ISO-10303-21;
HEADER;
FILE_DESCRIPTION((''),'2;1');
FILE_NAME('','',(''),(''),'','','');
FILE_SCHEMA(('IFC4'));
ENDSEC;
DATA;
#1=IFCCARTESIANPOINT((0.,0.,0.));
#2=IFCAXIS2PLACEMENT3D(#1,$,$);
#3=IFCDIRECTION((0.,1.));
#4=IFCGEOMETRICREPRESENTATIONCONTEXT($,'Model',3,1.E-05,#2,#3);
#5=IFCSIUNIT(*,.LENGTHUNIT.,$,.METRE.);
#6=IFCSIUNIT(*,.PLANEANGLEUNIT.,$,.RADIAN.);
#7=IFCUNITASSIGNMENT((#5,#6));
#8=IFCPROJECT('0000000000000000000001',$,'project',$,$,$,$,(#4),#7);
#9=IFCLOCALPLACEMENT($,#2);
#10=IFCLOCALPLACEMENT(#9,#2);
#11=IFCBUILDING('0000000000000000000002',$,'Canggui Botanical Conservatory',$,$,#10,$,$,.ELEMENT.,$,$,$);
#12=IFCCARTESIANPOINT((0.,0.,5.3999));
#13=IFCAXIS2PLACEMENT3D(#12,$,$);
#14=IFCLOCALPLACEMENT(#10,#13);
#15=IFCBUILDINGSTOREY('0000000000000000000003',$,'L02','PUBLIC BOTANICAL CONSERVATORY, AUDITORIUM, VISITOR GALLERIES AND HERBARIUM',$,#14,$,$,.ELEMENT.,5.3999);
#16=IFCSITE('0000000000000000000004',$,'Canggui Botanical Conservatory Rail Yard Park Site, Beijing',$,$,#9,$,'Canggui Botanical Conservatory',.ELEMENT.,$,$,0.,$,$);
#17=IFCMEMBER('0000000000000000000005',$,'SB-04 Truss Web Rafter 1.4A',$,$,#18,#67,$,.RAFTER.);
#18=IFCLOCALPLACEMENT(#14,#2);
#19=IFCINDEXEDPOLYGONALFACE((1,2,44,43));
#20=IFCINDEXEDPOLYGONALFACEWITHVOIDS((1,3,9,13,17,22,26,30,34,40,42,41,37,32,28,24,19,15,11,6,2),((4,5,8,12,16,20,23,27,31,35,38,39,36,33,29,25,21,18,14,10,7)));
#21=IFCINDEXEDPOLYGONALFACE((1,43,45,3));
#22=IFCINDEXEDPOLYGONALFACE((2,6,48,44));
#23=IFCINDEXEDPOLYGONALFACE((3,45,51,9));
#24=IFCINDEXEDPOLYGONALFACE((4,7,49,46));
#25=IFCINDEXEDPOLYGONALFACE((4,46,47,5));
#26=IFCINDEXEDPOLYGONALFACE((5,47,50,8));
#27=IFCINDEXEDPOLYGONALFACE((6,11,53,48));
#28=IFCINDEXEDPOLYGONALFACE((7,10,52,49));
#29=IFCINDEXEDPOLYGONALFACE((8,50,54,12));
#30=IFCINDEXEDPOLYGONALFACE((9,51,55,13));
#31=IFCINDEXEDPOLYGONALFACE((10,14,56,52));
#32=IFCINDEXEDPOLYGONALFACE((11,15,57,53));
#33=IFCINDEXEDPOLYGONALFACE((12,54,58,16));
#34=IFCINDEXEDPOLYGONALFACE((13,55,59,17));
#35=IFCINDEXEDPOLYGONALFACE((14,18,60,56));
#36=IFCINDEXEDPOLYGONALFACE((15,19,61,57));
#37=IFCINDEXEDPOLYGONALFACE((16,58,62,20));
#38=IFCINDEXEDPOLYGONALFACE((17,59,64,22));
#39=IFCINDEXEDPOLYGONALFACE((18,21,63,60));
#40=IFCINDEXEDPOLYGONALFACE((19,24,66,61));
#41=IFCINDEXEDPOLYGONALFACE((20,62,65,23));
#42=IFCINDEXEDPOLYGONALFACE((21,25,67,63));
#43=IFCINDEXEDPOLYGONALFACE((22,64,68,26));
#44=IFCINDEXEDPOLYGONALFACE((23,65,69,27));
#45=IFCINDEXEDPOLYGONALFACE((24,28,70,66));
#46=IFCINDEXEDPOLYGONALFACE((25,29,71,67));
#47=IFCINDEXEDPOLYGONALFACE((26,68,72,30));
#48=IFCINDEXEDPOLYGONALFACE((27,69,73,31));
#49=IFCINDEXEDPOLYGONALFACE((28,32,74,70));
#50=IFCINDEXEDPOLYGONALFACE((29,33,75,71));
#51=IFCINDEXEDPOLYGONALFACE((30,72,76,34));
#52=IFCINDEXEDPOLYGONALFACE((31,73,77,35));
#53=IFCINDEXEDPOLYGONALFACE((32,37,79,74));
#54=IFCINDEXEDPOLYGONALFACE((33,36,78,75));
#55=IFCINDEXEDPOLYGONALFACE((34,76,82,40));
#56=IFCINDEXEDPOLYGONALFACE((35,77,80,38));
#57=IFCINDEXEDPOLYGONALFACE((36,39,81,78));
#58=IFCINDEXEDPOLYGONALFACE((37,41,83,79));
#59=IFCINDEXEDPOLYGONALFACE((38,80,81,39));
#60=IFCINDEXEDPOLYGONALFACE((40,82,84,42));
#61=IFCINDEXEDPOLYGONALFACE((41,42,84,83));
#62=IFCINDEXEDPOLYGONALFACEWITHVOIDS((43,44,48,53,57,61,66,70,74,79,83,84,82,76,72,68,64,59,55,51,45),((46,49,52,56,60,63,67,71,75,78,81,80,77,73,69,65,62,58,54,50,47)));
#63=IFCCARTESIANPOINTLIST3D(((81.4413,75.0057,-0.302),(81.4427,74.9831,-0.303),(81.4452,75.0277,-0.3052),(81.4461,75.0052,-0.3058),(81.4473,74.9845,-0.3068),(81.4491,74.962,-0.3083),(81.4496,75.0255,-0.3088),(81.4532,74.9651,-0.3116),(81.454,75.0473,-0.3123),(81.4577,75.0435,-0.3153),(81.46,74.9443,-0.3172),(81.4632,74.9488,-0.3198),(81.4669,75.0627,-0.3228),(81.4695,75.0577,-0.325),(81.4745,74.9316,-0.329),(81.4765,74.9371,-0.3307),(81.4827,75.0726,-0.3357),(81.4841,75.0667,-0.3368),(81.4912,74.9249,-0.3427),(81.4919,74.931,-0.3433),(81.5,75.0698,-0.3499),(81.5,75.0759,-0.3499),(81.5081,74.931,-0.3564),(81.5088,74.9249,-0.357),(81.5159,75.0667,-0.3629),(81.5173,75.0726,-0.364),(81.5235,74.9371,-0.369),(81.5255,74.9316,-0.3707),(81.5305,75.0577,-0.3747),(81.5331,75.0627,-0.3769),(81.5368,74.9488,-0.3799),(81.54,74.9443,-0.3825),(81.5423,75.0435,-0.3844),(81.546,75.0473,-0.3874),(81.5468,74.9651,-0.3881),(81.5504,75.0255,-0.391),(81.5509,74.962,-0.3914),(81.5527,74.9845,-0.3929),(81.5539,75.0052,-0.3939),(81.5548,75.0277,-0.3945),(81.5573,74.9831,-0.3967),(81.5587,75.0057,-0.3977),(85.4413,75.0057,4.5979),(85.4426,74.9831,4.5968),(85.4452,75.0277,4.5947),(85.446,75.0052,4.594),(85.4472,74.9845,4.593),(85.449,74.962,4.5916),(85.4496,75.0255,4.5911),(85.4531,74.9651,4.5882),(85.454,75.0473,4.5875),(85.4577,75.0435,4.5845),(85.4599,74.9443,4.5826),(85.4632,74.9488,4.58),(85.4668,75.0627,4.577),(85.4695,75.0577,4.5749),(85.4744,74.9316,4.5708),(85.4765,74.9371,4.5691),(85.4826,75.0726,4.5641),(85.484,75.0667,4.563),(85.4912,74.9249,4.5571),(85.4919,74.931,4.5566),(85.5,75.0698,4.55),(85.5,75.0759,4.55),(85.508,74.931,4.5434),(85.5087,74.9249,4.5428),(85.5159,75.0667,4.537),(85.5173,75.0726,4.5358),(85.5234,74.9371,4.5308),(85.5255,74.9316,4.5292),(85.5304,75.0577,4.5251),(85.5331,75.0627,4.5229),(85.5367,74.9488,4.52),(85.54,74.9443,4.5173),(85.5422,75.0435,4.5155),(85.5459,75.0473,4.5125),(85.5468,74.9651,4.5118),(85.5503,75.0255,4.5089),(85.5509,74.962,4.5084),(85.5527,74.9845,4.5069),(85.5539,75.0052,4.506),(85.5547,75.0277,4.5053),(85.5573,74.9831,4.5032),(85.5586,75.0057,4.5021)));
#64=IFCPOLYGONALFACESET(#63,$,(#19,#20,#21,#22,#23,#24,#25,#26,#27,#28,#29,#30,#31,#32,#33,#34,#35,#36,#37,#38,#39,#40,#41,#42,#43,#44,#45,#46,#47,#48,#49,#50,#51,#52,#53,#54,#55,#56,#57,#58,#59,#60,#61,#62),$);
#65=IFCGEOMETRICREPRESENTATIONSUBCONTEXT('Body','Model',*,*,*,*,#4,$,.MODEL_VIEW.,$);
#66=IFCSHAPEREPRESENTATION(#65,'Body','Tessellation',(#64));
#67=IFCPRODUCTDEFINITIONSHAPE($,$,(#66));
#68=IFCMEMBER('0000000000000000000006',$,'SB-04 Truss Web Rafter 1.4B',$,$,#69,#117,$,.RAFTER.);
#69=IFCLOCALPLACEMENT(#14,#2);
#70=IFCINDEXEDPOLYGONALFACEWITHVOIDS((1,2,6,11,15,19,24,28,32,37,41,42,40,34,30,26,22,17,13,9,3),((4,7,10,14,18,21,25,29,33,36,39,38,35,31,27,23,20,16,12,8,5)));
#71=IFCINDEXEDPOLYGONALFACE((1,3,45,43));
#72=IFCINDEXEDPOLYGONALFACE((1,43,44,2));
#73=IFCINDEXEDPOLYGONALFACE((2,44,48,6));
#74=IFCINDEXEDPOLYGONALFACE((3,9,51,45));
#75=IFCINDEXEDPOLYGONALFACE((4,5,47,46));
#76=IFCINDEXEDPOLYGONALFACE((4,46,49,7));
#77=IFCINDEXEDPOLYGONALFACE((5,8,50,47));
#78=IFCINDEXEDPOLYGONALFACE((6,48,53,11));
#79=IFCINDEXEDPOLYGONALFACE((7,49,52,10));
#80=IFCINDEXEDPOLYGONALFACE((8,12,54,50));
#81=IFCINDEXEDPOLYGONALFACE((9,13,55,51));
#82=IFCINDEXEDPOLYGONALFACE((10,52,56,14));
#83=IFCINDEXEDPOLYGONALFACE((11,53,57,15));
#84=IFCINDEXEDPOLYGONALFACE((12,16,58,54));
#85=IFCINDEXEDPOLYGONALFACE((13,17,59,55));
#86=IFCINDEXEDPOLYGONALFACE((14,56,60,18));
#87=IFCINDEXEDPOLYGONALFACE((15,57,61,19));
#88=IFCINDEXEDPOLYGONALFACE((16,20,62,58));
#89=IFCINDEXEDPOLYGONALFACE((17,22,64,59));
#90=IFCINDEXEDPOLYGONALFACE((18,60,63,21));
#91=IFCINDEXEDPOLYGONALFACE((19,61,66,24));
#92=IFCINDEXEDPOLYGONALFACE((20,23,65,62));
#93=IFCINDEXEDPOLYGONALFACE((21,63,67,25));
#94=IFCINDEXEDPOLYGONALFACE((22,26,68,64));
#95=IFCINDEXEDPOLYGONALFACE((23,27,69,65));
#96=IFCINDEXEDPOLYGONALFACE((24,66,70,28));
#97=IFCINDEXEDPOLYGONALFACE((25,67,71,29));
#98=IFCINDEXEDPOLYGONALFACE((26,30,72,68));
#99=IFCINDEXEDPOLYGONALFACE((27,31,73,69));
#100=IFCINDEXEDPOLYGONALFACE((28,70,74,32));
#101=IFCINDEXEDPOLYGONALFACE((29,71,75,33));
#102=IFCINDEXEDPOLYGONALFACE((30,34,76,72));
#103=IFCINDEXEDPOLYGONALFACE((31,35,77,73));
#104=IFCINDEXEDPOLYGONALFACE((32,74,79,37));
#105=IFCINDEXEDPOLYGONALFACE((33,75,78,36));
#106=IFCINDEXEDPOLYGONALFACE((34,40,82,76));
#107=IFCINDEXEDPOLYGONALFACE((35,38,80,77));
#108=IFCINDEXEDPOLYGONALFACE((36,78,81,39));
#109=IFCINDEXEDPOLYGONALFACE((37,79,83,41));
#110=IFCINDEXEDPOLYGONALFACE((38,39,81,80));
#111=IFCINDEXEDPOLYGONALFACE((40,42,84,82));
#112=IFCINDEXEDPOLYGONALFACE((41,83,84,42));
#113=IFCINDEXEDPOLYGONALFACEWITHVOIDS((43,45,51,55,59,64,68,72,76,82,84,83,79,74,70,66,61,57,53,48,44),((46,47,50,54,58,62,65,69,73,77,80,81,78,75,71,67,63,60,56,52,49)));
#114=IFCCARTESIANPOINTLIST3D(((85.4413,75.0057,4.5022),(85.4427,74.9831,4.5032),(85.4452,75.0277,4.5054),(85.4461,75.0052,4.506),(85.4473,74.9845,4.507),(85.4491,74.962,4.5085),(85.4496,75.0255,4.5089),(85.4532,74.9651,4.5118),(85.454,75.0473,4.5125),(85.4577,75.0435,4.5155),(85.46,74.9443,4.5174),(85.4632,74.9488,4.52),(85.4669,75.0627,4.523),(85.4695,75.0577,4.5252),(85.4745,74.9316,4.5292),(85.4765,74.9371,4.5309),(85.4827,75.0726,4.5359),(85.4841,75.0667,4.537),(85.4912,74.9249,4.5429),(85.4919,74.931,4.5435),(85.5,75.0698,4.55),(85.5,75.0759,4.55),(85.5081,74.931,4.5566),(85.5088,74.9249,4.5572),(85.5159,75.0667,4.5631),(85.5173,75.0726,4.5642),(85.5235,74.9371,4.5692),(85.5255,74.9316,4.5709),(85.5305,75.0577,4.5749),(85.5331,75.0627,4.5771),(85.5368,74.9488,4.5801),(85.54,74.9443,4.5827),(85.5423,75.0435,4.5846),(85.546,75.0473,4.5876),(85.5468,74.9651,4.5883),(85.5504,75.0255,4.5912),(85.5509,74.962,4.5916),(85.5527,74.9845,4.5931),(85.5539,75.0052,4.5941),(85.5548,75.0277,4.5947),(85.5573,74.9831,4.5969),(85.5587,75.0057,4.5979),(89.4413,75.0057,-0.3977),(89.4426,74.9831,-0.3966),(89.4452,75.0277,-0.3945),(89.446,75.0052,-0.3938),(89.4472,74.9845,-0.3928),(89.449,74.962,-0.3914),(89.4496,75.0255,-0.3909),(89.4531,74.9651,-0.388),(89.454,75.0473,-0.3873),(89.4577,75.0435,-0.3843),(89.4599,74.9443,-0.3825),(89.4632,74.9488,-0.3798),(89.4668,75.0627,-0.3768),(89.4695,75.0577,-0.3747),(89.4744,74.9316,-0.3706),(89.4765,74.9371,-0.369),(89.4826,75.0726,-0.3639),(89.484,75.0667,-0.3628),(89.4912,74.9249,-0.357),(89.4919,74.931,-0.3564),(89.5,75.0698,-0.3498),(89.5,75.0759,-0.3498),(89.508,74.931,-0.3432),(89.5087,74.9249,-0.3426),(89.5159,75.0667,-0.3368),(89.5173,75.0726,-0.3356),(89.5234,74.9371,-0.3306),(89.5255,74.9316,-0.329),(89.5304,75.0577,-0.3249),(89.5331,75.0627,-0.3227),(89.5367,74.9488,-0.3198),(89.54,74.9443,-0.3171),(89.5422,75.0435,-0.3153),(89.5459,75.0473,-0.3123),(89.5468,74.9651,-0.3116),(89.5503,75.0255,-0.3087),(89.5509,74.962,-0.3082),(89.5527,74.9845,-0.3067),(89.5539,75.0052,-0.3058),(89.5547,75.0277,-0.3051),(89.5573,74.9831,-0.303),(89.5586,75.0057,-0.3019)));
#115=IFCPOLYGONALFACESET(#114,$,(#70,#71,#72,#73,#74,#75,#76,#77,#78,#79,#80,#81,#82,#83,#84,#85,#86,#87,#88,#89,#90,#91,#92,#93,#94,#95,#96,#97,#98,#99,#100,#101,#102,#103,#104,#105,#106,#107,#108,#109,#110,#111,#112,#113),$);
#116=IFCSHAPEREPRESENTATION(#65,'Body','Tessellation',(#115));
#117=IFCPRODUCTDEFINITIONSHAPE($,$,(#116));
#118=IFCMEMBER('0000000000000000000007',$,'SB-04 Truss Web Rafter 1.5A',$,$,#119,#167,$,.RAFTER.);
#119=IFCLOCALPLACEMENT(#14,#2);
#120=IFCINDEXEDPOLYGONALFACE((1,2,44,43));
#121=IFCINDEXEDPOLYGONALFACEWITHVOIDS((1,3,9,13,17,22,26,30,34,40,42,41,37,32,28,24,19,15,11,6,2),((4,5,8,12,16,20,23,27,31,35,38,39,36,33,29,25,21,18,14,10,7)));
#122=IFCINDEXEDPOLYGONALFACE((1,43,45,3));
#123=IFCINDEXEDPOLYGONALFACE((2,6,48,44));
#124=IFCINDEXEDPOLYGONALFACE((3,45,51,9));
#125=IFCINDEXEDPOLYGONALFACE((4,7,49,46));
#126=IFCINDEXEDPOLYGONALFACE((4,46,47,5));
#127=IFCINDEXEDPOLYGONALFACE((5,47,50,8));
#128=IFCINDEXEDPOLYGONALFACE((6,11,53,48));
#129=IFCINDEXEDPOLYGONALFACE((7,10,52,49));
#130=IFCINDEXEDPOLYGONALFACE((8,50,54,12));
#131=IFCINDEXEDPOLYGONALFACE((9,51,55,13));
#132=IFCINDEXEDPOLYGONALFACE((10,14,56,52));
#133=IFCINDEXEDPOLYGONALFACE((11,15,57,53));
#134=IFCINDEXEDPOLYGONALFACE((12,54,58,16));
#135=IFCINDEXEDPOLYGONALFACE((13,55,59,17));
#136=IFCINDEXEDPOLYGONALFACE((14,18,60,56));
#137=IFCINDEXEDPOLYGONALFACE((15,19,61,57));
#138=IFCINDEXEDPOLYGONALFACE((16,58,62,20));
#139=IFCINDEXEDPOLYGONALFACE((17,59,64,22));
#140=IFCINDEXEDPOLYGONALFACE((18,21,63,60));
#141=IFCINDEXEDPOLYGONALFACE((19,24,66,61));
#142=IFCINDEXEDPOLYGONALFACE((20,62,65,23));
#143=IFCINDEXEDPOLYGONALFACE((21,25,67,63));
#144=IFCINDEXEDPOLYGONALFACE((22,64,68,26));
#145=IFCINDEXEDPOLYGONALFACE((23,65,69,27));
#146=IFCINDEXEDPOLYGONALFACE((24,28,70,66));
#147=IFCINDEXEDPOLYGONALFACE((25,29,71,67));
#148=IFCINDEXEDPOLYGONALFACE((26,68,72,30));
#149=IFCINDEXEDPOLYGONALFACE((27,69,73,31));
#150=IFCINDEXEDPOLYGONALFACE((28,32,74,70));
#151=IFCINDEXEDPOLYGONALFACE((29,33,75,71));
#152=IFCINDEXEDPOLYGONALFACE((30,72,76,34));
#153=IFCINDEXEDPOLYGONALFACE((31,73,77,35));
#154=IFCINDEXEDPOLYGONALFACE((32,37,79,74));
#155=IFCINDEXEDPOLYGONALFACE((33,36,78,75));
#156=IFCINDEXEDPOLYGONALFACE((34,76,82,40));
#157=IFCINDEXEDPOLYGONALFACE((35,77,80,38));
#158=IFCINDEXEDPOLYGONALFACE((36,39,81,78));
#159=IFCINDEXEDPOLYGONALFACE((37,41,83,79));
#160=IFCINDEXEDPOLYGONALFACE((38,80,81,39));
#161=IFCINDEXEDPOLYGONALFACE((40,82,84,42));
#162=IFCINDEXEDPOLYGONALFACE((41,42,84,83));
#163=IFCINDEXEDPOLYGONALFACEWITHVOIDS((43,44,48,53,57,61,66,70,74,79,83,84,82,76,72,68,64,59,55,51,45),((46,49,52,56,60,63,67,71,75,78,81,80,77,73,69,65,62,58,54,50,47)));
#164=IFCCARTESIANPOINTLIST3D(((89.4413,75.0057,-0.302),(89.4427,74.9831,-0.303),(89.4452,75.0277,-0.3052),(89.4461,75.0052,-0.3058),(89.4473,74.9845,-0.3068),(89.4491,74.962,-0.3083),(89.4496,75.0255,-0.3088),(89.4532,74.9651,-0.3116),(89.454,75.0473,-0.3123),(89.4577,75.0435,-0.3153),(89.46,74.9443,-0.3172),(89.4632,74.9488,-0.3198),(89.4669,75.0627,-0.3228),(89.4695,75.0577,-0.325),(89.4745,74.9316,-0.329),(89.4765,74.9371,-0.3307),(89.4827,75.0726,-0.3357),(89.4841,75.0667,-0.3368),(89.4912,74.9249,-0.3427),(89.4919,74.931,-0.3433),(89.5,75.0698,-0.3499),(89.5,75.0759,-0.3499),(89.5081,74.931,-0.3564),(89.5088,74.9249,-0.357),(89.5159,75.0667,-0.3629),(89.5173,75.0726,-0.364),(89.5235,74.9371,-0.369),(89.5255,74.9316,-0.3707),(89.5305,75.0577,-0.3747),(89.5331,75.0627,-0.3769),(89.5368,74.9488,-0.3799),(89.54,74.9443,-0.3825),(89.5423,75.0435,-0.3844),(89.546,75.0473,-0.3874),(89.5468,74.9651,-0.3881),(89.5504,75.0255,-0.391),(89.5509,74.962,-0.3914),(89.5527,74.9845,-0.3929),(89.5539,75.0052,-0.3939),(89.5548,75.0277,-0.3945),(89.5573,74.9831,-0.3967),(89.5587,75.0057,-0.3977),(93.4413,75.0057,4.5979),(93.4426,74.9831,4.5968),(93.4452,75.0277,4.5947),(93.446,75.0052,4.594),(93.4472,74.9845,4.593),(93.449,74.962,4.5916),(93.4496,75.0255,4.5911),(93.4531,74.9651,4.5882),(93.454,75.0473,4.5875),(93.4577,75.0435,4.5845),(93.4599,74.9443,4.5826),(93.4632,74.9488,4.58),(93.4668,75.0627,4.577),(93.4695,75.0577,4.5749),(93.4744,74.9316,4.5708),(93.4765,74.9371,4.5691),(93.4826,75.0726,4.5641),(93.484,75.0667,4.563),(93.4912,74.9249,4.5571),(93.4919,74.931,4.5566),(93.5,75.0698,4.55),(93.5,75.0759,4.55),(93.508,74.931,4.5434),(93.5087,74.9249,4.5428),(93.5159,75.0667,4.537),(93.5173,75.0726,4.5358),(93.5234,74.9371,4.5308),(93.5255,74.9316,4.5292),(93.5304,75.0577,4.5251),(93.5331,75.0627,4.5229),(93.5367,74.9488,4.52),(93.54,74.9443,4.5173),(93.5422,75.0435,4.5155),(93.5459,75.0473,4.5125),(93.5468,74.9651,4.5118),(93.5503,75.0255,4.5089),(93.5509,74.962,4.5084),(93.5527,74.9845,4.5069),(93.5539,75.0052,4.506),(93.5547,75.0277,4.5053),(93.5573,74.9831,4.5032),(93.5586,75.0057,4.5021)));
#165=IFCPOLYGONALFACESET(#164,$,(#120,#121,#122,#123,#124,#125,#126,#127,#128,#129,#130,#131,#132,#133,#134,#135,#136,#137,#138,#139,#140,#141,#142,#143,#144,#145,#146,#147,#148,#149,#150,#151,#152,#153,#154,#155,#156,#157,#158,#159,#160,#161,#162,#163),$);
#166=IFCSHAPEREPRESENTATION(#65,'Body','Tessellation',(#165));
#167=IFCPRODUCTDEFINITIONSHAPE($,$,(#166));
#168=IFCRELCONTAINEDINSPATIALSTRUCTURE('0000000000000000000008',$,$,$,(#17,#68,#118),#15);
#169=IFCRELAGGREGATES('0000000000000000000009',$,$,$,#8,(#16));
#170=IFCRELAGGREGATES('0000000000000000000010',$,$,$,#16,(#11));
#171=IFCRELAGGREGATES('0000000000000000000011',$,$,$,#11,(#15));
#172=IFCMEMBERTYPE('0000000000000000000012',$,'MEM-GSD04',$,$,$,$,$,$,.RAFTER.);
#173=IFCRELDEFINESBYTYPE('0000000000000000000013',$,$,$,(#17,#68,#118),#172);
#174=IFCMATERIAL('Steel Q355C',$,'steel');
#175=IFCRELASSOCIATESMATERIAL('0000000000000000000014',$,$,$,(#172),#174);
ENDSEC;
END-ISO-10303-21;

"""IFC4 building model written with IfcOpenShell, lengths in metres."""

from ifc_helpers import new_model, si_unit, direction, frame, origin, origin_2d, place, context, subcontext, project, spatial, hollow_circle, extrude, material, material_profile, profile_set, type_object, element, save


model = new_model("IFC4")

# Units and contexts
model_context = context("Model", 3, precision=1e-05, world=origin(), true_north=direction((0.0, 1.0)))
body_context = subcontext(model_context, "Body", "Model", "MODEL_VIEW")
ifc_project = project(units=[si_unit("LENGTHUNIT", "METRE"), si_unit("PLANEANGLEUNIT", "RADIAN")], contexts=[model_context])

# Site, building, storey
site_placement = place(None, origin())
site = spatial("IfcSite", under=ifc_project, at=site_placement, Name="Canggui Botanical Conservatory Rail Yard Park Site, Beijing", LongName="Canggui Botanical Conservatory", CompositionType="ELEMENT", RefElevation=0.0)
building_placement = place(site_placement, origin())
building = spatial("IfcBuilding", under=site, at=building_placement, Name="Canggui Botanical Conservatory", CompositionType="ELEMENT")
storey_placement = place(building_placement, frame((0.0, 0.0, 5.3999)))
storey = spatial("IfcBuildingStorey", under=building, at=storey_placement, Name="L02", Description="PUBLIC BOTANICAL CONSERVATORY, AUDITORIUM, VISITOR GALLERIES AND HERBARIUM", CompositionType="ELEMENT", Elevation=5.3999)

# Members
ifc_material_1 = material(Name="Steel Q355C", Category="steel")
ifc_material_profile_1 = material_profile(ifc_material_1, hollow_circle(Radius=0.0759, WallThickness=0.0061, at=origin_2d()), Name="CHS 152x6")
ifc_profile_set_1 = profile_set([ifc_material_profile_1], Name="Steel Q355C")
member_type_1 = type_object("IfcMemberType", Name="MEM-GSD04", PredefinedType="RAFTER", material=ifc_profile_set_1)
for number, where, z_axis, x_axis, name in (
    (1, (81.5, 75.0, -0.3499), (0.632384, 0.0, 0.774655), (0.0, 1.0, 0.0), "SB-04 Truss Web Rafter 1.4A"),
    (2, (85.5, 75.0, 4.55), (0.632384, 0.0, -0.774655), (0.0, 1.0, 0.0), "SB-04 Truss Web Rafter 1.4B"),
    (3, (89.5, 75.0, -0.3499), (0.632384, 0.0, 0.774655), (0.0, 1.0, 0.0), "SB-04 Truss Web Rafter 1.5A"),
):
    element("IfcMember", number, at=place(storey_placement, frame(where, z_axis=z_axis, x_axis=x_axis)), inside=storey, type_object=member_type_1, Name=name, PredefinedType="RAFTER", context=body_context, shape_type="SweptSolid", body=[
        extrude(hollow_circle(Radius=0.0759, WallThickness=0.0061, at=origin_2d()), origin(), (0.0, 0.0, 1.0), 6.3252),
    ])

save(model, "model.ifc")
